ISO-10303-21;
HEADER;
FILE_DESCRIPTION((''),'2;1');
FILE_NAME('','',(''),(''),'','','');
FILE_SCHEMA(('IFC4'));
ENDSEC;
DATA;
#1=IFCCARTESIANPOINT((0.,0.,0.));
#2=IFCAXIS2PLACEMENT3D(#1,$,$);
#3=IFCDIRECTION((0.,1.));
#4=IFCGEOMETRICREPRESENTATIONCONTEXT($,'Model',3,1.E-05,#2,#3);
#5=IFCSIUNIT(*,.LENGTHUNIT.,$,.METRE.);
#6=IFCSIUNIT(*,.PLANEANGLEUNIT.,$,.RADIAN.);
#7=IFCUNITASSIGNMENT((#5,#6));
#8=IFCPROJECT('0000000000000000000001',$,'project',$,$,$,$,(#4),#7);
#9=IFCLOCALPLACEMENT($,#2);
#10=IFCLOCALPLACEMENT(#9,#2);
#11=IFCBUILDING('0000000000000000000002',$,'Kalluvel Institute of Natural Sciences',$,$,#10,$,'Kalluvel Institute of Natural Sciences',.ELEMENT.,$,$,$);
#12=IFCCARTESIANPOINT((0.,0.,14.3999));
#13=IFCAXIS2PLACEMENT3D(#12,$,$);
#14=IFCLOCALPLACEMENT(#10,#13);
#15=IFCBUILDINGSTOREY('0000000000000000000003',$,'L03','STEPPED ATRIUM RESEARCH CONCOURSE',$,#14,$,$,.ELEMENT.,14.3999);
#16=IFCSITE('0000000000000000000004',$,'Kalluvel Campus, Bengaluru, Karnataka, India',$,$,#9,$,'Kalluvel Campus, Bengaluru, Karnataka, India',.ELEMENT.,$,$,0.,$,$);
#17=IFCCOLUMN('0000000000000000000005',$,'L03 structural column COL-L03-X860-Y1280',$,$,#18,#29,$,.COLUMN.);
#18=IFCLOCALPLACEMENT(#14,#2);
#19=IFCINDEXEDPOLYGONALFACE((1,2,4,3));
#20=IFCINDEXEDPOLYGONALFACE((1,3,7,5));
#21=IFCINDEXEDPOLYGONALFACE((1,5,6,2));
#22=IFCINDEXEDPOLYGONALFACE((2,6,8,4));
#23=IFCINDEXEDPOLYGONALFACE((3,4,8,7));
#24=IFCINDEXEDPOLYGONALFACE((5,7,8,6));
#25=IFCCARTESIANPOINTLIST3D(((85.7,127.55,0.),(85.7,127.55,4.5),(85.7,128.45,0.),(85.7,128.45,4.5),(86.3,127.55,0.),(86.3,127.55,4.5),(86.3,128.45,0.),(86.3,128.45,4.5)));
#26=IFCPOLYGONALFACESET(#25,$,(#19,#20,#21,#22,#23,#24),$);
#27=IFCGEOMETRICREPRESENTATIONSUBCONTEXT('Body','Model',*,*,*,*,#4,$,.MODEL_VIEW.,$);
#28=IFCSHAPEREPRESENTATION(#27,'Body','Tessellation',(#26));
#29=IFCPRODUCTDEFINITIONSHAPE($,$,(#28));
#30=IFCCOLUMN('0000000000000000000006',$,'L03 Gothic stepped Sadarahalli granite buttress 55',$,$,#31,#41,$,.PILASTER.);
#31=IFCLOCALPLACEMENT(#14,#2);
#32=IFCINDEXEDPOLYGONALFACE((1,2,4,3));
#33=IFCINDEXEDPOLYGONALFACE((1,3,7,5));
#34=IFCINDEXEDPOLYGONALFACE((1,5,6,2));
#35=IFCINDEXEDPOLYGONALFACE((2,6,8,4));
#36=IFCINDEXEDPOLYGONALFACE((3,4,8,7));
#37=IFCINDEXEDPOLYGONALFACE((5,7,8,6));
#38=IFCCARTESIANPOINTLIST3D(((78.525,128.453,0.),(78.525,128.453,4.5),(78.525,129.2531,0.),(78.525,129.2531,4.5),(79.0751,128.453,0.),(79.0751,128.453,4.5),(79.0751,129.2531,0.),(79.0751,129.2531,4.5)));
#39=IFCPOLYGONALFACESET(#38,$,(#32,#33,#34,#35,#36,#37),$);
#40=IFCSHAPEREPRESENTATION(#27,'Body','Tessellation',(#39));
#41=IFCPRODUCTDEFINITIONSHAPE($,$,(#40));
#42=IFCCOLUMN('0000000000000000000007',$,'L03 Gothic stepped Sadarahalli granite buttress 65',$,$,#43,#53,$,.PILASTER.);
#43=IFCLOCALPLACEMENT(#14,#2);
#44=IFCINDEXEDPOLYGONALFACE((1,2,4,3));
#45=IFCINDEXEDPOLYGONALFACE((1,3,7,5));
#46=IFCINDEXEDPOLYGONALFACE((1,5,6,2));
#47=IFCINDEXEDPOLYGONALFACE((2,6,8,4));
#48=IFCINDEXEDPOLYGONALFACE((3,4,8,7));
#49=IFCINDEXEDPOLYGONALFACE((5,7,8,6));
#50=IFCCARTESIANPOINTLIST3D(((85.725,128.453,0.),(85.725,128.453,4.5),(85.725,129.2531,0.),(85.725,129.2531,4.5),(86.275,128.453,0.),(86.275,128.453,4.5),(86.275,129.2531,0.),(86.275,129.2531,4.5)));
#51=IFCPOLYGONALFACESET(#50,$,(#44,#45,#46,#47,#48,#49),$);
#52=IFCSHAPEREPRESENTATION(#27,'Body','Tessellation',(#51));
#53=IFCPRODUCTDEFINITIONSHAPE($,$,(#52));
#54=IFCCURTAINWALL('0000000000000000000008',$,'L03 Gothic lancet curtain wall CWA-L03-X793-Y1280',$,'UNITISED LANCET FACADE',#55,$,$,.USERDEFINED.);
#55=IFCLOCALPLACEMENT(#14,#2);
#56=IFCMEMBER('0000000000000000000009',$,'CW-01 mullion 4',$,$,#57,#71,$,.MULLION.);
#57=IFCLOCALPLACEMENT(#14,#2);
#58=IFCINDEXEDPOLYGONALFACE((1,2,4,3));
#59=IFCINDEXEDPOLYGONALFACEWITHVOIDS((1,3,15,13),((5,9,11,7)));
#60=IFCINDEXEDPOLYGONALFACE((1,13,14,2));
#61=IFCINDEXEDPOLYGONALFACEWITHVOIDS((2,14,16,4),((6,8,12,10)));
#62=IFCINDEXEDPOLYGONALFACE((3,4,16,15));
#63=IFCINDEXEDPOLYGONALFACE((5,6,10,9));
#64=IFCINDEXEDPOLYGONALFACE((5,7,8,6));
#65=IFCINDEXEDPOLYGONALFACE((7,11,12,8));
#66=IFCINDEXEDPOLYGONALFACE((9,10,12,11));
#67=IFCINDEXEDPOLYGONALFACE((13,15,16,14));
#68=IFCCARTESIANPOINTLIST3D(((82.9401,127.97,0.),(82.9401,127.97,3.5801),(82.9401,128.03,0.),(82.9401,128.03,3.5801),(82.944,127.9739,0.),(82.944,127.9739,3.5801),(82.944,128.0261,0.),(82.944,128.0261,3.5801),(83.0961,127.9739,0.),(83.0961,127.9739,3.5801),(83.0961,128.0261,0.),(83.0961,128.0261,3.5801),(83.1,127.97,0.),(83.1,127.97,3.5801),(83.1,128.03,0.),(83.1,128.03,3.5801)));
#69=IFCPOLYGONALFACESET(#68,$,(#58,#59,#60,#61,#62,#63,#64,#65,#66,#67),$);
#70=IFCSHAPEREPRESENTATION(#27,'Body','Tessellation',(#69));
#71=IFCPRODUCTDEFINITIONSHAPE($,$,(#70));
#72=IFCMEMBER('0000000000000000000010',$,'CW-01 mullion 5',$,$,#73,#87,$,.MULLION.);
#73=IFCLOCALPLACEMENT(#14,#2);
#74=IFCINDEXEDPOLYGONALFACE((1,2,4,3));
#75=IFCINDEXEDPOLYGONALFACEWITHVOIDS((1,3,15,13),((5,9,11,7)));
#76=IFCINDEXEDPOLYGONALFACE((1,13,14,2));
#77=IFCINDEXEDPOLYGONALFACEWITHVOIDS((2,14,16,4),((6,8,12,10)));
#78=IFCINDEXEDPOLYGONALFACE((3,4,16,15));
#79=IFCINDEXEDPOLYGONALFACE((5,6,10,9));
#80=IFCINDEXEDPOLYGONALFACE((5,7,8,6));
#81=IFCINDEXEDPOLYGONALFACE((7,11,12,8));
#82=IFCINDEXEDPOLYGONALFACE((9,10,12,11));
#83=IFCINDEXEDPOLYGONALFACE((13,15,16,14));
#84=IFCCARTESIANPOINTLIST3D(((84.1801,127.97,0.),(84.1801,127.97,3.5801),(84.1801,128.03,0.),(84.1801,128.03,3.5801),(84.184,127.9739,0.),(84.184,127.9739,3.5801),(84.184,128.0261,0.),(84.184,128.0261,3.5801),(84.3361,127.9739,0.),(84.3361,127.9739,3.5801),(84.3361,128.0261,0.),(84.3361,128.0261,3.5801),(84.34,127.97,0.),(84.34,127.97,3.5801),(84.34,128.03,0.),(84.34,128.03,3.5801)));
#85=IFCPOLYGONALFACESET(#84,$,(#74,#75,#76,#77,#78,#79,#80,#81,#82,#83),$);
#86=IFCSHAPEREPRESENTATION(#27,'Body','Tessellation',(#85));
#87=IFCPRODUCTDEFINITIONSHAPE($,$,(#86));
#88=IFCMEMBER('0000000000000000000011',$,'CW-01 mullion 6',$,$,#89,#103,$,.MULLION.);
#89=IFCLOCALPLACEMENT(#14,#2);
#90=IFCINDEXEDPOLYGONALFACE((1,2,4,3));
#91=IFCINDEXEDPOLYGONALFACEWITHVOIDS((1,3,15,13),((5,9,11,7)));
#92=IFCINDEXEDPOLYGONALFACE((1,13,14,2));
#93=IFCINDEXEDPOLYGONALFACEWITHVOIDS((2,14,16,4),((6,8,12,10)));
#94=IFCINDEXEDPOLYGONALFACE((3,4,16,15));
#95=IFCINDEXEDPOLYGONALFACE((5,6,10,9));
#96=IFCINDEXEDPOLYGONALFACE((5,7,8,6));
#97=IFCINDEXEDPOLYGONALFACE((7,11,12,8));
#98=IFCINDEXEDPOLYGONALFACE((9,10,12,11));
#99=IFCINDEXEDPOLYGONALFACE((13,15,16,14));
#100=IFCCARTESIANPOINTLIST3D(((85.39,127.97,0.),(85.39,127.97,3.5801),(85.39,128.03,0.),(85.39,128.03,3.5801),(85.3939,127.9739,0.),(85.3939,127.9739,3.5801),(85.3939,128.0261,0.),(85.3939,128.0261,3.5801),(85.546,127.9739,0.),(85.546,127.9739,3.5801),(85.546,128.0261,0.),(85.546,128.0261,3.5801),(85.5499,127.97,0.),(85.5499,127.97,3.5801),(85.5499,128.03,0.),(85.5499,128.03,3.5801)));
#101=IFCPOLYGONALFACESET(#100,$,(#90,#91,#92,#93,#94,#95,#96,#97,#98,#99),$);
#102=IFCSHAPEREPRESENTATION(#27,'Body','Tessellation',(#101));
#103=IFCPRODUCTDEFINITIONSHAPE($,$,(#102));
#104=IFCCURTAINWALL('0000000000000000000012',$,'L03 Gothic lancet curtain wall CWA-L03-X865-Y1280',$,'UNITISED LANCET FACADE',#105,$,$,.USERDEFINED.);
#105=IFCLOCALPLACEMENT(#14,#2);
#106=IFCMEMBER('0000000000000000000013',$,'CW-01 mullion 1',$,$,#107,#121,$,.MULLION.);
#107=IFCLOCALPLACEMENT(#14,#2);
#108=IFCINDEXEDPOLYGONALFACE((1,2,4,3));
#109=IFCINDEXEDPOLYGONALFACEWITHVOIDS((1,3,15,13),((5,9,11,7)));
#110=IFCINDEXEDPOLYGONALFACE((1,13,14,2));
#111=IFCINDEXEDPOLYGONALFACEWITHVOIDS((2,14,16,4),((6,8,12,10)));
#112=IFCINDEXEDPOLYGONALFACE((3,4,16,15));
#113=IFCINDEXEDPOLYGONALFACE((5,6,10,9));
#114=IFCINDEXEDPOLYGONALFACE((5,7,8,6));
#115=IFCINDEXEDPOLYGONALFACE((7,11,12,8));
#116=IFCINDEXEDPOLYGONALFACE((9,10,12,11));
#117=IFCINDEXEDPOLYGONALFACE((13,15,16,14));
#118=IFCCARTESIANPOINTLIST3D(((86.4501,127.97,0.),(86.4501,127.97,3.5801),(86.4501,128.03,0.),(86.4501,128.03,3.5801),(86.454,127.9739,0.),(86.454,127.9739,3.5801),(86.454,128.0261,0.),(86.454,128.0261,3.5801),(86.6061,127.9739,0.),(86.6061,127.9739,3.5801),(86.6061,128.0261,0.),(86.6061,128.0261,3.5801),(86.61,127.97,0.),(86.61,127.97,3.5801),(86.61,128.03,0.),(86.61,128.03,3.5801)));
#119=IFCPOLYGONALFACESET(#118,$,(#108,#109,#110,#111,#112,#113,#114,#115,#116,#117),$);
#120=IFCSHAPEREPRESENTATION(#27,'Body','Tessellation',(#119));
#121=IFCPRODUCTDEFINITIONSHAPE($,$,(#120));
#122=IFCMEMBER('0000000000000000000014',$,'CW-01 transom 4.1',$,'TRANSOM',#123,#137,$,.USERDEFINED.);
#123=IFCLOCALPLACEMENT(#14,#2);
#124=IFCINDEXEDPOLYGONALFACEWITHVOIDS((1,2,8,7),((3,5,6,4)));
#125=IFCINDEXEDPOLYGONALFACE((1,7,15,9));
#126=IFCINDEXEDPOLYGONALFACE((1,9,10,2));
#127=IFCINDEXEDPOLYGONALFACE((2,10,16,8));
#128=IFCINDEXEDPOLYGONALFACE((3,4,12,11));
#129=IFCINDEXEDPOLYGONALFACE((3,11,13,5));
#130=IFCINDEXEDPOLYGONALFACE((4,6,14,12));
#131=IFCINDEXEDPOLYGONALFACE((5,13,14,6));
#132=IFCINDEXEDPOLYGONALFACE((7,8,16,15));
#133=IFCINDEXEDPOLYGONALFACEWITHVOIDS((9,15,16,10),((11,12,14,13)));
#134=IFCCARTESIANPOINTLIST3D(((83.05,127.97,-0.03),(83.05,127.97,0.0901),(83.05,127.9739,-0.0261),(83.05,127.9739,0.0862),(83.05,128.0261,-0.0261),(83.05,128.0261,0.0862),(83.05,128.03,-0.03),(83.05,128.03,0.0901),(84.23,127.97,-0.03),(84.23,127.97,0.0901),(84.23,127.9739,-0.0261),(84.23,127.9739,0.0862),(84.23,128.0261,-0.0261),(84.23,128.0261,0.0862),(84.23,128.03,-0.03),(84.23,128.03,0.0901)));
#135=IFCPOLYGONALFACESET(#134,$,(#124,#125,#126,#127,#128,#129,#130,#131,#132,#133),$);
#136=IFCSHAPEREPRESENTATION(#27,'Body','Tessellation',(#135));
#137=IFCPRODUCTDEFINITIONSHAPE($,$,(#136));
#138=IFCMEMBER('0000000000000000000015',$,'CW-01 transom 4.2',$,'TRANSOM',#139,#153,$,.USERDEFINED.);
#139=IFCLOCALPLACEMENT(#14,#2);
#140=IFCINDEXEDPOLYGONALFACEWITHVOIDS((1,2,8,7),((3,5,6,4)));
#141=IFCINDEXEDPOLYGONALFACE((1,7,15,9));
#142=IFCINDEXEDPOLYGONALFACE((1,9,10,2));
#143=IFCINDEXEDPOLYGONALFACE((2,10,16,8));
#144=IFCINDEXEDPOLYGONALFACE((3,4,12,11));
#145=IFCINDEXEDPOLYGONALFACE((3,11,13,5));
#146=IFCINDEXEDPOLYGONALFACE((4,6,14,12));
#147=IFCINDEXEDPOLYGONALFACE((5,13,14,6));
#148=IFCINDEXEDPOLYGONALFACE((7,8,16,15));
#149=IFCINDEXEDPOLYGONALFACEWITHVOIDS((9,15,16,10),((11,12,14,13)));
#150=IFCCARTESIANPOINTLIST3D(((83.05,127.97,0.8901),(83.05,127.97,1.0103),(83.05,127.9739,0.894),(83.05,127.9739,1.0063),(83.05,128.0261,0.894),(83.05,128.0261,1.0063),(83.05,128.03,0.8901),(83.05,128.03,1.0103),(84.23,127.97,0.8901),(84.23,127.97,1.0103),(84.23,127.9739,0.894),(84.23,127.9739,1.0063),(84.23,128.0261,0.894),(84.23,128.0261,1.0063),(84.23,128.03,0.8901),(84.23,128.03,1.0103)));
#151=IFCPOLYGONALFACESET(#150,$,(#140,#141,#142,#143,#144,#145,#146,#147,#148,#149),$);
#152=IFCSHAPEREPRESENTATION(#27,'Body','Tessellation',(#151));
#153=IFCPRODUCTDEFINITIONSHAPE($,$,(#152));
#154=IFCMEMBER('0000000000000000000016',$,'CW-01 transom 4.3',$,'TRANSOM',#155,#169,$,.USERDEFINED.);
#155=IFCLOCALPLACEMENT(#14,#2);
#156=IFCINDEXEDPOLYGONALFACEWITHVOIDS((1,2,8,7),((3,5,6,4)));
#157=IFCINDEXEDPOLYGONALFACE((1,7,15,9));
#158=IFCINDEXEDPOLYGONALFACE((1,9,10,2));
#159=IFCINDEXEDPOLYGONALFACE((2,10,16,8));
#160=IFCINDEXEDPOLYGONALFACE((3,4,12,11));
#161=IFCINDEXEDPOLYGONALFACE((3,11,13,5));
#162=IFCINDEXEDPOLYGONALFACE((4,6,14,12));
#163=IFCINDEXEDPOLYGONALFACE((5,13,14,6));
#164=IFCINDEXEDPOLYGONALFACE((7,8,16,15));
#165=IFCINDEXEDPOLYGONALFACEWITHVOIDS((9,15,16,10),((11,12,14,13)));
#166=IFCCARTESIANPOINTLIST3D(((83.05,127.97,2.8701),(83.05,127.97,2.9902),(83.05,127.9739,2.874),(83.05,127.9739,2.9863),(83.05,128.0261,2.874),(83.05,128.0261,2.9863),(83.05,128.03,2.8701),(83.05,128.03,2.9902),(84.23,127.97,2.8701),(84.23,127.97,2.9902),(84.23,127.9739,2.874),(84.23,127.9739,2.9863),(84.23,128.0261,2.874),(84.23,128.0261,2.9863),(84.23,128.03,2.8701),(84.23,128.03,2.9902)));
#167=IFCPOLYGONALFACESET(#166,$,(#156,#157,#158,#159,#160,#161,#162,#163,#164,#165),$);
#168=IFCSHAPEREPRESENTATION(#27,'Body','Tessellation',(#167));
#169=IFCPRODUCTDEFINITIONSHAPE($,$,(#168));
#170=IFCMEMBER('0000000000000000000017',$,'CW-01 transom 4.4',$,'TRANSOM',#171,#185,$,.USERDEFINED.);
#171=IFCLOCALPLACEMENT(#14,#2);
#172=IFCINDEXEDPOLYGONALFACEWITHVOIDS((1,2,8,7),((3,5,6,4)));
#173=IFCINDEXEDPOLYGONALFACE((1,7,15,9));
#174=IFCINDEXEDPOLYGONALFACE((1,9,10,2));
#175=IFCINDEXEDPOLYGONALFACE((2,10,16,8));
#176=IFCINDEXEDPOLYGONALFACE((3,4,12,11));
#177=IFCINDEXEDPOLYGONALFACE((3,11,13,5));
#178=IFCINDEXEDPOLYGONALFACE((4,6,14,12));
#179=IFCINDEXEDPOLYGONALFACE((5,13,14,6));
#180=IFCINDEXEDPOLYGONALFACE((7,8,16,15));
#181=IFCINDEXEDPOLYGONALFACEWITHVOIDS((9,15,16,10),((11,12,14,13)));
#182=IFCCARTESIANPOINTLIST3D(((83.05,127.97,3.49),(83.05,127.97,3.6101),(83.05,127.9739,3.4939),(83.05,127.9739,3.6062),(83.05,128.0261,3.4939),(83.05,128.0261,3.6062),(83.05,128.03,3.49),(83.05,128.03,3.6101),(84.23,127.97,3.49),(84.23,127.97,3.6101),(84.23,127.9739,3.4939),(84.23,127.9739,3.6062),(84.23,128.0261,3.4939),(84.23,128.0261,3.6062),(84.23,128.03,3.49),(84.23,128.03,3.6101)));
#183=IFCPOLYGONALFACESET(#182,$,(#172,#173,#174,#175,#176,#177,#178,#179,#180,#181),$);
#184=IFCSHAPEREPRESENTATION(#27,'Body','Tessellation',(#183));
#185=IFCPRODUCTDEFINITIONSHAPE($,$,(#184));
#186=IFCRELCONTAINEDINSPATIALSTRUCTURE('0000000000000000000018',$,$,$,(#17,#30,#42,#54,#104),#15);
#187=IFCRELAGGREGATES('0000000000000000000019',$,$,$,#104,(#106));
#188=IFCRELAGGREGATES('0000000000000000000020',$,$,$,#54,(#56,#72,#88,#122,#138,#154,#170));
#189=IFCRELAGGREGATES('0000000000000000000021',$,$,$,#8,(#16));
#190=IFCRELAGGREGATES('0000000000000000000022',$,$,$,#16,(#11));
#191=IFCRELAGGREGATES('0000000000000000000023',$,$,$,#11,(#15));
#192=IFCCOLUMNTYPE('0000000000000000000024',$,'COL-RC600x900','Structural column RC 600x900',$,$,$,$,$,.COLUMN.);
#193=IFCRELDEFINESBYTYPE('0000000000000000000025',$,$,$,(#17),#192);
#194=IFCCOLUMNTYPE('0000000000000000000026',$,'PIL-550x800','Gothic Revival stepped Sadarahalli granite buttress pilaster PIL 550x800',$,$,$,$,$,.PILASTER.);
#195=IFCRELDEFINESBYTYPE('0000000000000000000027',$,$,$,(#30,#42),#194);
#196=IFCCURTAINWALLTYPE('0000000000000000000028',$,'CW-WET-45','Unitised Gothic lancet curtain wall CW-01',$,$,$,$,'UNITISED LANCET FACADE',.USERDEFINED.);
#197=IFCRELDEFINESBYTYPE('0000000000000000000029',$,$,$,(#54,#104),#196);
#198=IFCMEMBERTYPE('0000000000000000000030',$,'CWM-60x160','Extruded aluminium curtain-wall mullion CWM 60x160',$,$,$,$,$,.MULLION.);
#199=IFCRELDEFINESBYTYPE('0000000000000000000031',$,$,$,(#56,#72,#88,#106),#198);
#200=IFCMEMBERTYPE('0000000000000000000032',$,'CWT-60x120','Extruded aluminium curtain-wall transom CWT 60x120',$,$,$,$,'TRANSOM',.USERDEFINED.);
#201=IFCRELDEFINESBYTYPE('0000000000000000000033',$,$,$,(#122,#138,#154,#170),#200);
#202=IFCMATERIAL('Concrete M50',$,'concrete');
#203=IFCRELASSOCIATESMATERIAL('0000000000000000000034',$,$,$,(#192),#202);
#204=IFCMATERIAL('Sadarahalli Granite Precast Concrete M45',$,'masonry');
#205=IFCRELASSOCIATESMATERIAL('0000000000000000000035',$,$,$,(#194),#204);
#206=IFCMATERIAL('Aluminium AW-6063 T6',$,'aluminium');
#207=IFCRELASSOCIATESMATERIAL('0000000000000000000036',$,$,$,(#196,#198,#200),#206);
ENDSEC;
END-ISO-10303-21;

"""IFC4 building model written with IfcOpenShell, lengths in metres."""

from ifc_helpers import new_model, si_unit, direction, frame, origin, origin_2d, place, context, subcontext, project, spatial, rectangle, hollow_rectangle, extrude, material, material_profile, profile_set, type_object, element, aggregate, save


model = new_model("IFC4")

# Units and contexts
model_context = context("Model", 3, precision=1e-05, world=origin(), true_north=direction((0.0, 1.0)))
body_context = subcontext(model_context, "Body", "Model", "MODEL_VIEW")
ifc_project = project(units=[si_unit("LENGTHUNIT", "METRE"), si_unit("PLANEANGLEUNIT", "RADIAN")], contexts=[model_context])

# Site, building, storey
site_placement = place(None, origin())
site = spatial("IfcSite", under=ifc_project, at=site_placement, Name="Kalluvel Campus, Bengaluru, Karnataka, India", LongName="Kalluvel Campus, Bengaluru, Karnataka, India", CompositionType="ELEMENT", RefElevation=0.0)
building_placement = place(site_placement, origin())
building = spatial("IfcBuilding", under=site, at=building_placement, Name="Kalluvel Institute of Natural Sciences", LongName="Kalluvel Institute of Natural Sciences", CompositionType="ELEMENT")
storey_placement = place(building_placement, frame((0.0, 0.0, 14.3999)))
storey = spatial("IfcBuildingStorey", under=building, at=storey_placement, Name="L03", Description="STEPPED ATRIUM RESEARCH CONCOURSE", CompositionType="ELEMENT", Elevation=14.3999)

# Columns
ifc_material_1 = material(Name="Concrete M50", Category="concrete")
ifc_material_profile_1 = material_profile(ifc_material_1, rectangle(XDim=0.6001, YDim=0.8999, at=origin_2d()), Name="RC 600x900")
ifc_profile_set_1 = profile_set([ifc_material_profile_1], Name="Concrete M50")
column_type_1 = type_object("IfcColumnType", Name="COL-RC600x900", Description="Structural column RC 600x900", PredefinedType="COLUMN", material=ifc_profile_set_1)
column_placement = place(storey_placement, frame((86.0, 128.0, 0.0), z_axis=(0.0, 0.0, 1.0), x_axis=(1.0, 0.0, 0.0)))
element("IfcColumn", 1, at=column_placement, inside=storey, type_object=column_type_1, Name="L03 structural column COL-L03-X860-Y1280", PredefinedType="COLUMN", context=body_context, shape_type="SweptSolid", body=[
    extrude(rectangle(XDim=0.6001, YDim=0.8999, at=origin_2d()), origin(), (0.0, 0.0, 1.0), 4.5),
])
ifc_material_2 = material(Name="Sadarahalli Granite Precast Concrete M45", Category="masonry")
ifc_material_profile_2 = material_profile(ifc_material_2, rectangle(XDim=0.55, YDim=0.8, at=origin_2d()), Name="PIL 550x800")
ifc_profile_set_2 = profile_set([ifc_material_profile_2], Name="Sadarahalli Granite Precast Concrete M45")
column_type_2 = type_object("IfcColumnType", Name="PIL-550x800", Description="Gothic Revival stepped Sadarahalli granite buttress pilaster PIL 550x800", PredefinedType="PILASTER", material=ifc_profile_set_2)
for number, where, z_axis, x_axis, name in (
    (2, (78.8, 128.853, 0.0), (0.0, 0.0, 1.0), (1.0, 0.0, 0.0), "L03 Gothic stepped Sadarahalli granite buttress 55"),
    (3, (86.0, 128.853, 0.0), (0.0, 0.0, 1.0), (1.0, 0.0, 0.0), "L03 Gothic stepped Sadarahalli granite buttress 65"),
):
    element("IfcColumn", number, at=place(storey_placement, frame(where, z_axis=z_axis, x_axis=x_axis)), inside=storey, type_object=column_type_2, Name=name, PredefinedType="PILASTER", context=body_context, shape_type="SweptSolid", body=[
        extrude(rectangle(XDim=0.55, YDim=0.8, at=origin_2d()), origin(), (0.0, 0.0, 1.0), 4.5),
    ])

# Curtain wall, members
ifc_material_3 = material(Name="Aluminium AW-6063 T6", Category="aluminium")
curtain_wall_type = type_object("IfcCurtainWallType", Name="CW-WET-45", Description="Unitised Gothic lancet curtain wall CW-01", ElementType="UNITISED LANCET FACADE", PredefinedType="USERDEFINED", material=ifc_material_3)
curtain_wall_1_placement = place(storey_placement, origin())
curtain_wall_1 = element("IfcCurtainWall", 4, at=curtain_wall_1_placement, inside=storey, type_object=curtain_wall_type, Name="L03 Gothic lancet curtain wall CWA-L03-X793-Y1280", ObjectType="UNITISED LANCET FACADE", PredefinedType="USERDEFINED")
ifc_material_profile_3 = material_profile(ifc_material_3, hollow_rectangle(XDim=0.0601, YDim=0.1599, WallThickness=0.0039, at=origin_2d()), Name="CWM 60x160")
ifc_profile_set_3 = profile_set([ifc_material_profile_3], Name="Aluminium AW-6063 T6")
member_type_1 = type_object("IfcMemberType", Name="CWM-60x160", Description="Extruded aluminium curtain-wall mullion CWM 60x160", PredefinedType="MULLION", material=ifc_profile_set_3)
member_1_placement = place(storey_placement, frame((83.02, 128.0, 0.0), z_axis=(0.0, 0.0, 1.0), x_axis=(0.0, 1.0, 0.0)))
member_1 = element("IfcMember", 5, at=member_1_placement, type_object=member_type_1, Name="CW-01 mullion 4", PredefinedType="MULLION", context=body_context, shape_type="SweptSolid", body=[
    extrude(hollow_rectangle(XDim=0.0601, YDim=0.1599, WallThickness=0.0039, at=origin_2d()), origin(), (0.0, 0.0, 1.0), 3.5801),
])
member_2_placement = place(storey_placement, frame((84.26, 128.0, 0.0), z_axis=(0.0, 0.0, 1.0), x_axis=(0.0, 1.0, 0.0)))
member_2 = element("IfcMember", 6, at=member_2_placement, type_object=member_type_1, Name="CW-01 mullion 5", PredefinedType="MULLION", context=body_context, shape_type="SweptSolid", body=[
    extrude(hollow_rectangle(XDim=0.0601, YDim=0.1599, WallThickness=0.0039, at=origin_2d()), origin(), (0.0, 0.0, 1.0), 3.5801),
])
member_3_placement = place(storey_placement, frame((85.47, 128.0, 0.0), z_axis=(0.0, 0.0, 1.0), x_axis=(0.0, 1.0, 0.0)))
member_3 = element("IfcMember", 7, at=member_3_placement, type_object=member_type_1, Name="CW-01 mullion 6", PredefinedType="MULLION", context=body_context, shape_type="SweptSolid", body=[
    extrude(hollow_rectangle(XDim=0.0601, YDim=0.1599, WallThickness=0.0039, at=origin_2d()), origin(), (0.0, 0.0, 1.0), 3.5801),
])

# Curtain wall, member
curtain_wall_2_placement = place(storey_placement, origin())
curtain_wall_2 = element("IfcCurtainWall", 8, at=curtain_wall_2_placement, inside=storey, type_object=curtain_wall_type, Name="L03 Gothic lancet curtain wall CWA-L03-X865-Y1280", ObjectType="UNITISED LANCET FACADE", PredefinedType="USERDEFINED")
member_4_placement = place(storey_placement, frame((86.53, 128.0, 0.0), z_axis=(0.0, 0.0, 1.0), x_axis=(0.0, 1.0, 0.0)))
member_4 = element("IfcMember", 9, at=member_4_placement, type_object=member_type_1, Name="CW-01 mullion 1", PredefinedType="MULLION", context=body_context, shape_type="SweptSolid", body=[
    extrude(hollow_rectangle(XDim=0.0601, YDim=0.1599, WallThickness=0.0039, at=origin_2d()), origin(), (0.0, 0.0, 1.0), 3.5801),
])
aggregate(curtain_wall_2, [member_4])

# Members
ifc_material_profile_4 = material_profile(ifc_material_3, hollow_rectangle(XDim=0.0601, YDim=0.1201, WallThickness=0.0039, at=origin_2d()), Name="CWT 60x120")
ifc_profile_set_4 = profile_set([ifc_material_profile_4], Name="Aluminium AW-6063 T6")
member_type_2 = type_object("IfcMemberType", Name="CWT-60x120", Description="Extruded aluminium curtain-wall transom CWT 60x120", ElementType="TRANSOM", PredefinedType="USERDEFINED", material=ifc_profile_set_4)
member_5_placement = place(storey_placement, frame((83.05, 128.0, 0.03), z_axis=(1.0, 0.0, 0.0), x_axis=(0.0, 1.0, 0.0)))
member_5 = element("IfcMember", 10, at=member_5_placement, type_object=member_type_2, Name="CW-01 transom 4.1", ObjectType="TRANSOM", PredefinedType="USERDEFINED", context=body_context, shape_type="SweptSolid", body=[
    extrude(hollow_rectangle(XDim=0.0601, YDim=0.1201, WallThickness=0.0039, at=origin_2d()), origin(), (0.0, 0.0, 1.0), 1.1799),
])
member_6_placement = place(storey_placement, frame((83.05, 128.0, 0.9502), z_axis=(1.0, 0.0, 0.0), x_axis=(0.0, 1.0, 0.0)))
member_6 = element("IfcMember", 11, at=member_6_placement, type_object=member_type_2, Name="CW-01 transom 4.2", ObjectType="TRANSOM", PredefinedType="USERDEFINED", context=body_context, shape_type="SweptSolid", body=[
    extrude(hollow_rectangle(XDim=0.0601, YDim=0.1201, WallThickness=0.0039, at=origin_2d()), origin(), (0.0, 0.0, 1.0), 1.1799),
])
member_7_placement = place(storey_placement, frame((83.05, 128.0, 2.9302), z_axis=(1.0, 0.0, 0.0), x_axis=(0.0, 1.0, 0.0)))
member_7 = element("IfcMember", 12, at=member_7_placement, type_object=member_type_2, Name="CW-01 transom 4.3", ObjectType="TRANSOM", PredefinedType="USERDEFINED", context=body_context, shape_type="SweptSolid", body=[
    extrude(hollow_rectangle(XDim=0.0601, YDim=0.1201, WallThickness=0.0039, at=origin_2d()), origin(), (0.0, 0.0, 1.0), 1.1799),
])
member_8_placement = place(storey_placement, frame((83.05, 128.0, 3.55), z_axis=(1.0, 0.0, 0.0), x_axis=(0.0, 1.0, 0.0)))
member_8 = element("IfcMember", 13, at=member_8_placement, type_object=member_type_2, Name="CW-01 transom 4.4", ObjectType="TRANSOM", PredefinedType="USERDEFINED", context=body_context, shape_type="SweptSolid", body=[
    extrude(hollow_rectangle(XDim=0.0601, YDim=0.1201, WallThickness=0.0039, at=origin_2d()), origin(), (0.0, 0.0, 1.0), 1.1799),
])

aggregate(curtain_wall_1, [member_1, member_2, member_3, member_5, member_6, member_7, member_8])

save(model, "model.ifc")
